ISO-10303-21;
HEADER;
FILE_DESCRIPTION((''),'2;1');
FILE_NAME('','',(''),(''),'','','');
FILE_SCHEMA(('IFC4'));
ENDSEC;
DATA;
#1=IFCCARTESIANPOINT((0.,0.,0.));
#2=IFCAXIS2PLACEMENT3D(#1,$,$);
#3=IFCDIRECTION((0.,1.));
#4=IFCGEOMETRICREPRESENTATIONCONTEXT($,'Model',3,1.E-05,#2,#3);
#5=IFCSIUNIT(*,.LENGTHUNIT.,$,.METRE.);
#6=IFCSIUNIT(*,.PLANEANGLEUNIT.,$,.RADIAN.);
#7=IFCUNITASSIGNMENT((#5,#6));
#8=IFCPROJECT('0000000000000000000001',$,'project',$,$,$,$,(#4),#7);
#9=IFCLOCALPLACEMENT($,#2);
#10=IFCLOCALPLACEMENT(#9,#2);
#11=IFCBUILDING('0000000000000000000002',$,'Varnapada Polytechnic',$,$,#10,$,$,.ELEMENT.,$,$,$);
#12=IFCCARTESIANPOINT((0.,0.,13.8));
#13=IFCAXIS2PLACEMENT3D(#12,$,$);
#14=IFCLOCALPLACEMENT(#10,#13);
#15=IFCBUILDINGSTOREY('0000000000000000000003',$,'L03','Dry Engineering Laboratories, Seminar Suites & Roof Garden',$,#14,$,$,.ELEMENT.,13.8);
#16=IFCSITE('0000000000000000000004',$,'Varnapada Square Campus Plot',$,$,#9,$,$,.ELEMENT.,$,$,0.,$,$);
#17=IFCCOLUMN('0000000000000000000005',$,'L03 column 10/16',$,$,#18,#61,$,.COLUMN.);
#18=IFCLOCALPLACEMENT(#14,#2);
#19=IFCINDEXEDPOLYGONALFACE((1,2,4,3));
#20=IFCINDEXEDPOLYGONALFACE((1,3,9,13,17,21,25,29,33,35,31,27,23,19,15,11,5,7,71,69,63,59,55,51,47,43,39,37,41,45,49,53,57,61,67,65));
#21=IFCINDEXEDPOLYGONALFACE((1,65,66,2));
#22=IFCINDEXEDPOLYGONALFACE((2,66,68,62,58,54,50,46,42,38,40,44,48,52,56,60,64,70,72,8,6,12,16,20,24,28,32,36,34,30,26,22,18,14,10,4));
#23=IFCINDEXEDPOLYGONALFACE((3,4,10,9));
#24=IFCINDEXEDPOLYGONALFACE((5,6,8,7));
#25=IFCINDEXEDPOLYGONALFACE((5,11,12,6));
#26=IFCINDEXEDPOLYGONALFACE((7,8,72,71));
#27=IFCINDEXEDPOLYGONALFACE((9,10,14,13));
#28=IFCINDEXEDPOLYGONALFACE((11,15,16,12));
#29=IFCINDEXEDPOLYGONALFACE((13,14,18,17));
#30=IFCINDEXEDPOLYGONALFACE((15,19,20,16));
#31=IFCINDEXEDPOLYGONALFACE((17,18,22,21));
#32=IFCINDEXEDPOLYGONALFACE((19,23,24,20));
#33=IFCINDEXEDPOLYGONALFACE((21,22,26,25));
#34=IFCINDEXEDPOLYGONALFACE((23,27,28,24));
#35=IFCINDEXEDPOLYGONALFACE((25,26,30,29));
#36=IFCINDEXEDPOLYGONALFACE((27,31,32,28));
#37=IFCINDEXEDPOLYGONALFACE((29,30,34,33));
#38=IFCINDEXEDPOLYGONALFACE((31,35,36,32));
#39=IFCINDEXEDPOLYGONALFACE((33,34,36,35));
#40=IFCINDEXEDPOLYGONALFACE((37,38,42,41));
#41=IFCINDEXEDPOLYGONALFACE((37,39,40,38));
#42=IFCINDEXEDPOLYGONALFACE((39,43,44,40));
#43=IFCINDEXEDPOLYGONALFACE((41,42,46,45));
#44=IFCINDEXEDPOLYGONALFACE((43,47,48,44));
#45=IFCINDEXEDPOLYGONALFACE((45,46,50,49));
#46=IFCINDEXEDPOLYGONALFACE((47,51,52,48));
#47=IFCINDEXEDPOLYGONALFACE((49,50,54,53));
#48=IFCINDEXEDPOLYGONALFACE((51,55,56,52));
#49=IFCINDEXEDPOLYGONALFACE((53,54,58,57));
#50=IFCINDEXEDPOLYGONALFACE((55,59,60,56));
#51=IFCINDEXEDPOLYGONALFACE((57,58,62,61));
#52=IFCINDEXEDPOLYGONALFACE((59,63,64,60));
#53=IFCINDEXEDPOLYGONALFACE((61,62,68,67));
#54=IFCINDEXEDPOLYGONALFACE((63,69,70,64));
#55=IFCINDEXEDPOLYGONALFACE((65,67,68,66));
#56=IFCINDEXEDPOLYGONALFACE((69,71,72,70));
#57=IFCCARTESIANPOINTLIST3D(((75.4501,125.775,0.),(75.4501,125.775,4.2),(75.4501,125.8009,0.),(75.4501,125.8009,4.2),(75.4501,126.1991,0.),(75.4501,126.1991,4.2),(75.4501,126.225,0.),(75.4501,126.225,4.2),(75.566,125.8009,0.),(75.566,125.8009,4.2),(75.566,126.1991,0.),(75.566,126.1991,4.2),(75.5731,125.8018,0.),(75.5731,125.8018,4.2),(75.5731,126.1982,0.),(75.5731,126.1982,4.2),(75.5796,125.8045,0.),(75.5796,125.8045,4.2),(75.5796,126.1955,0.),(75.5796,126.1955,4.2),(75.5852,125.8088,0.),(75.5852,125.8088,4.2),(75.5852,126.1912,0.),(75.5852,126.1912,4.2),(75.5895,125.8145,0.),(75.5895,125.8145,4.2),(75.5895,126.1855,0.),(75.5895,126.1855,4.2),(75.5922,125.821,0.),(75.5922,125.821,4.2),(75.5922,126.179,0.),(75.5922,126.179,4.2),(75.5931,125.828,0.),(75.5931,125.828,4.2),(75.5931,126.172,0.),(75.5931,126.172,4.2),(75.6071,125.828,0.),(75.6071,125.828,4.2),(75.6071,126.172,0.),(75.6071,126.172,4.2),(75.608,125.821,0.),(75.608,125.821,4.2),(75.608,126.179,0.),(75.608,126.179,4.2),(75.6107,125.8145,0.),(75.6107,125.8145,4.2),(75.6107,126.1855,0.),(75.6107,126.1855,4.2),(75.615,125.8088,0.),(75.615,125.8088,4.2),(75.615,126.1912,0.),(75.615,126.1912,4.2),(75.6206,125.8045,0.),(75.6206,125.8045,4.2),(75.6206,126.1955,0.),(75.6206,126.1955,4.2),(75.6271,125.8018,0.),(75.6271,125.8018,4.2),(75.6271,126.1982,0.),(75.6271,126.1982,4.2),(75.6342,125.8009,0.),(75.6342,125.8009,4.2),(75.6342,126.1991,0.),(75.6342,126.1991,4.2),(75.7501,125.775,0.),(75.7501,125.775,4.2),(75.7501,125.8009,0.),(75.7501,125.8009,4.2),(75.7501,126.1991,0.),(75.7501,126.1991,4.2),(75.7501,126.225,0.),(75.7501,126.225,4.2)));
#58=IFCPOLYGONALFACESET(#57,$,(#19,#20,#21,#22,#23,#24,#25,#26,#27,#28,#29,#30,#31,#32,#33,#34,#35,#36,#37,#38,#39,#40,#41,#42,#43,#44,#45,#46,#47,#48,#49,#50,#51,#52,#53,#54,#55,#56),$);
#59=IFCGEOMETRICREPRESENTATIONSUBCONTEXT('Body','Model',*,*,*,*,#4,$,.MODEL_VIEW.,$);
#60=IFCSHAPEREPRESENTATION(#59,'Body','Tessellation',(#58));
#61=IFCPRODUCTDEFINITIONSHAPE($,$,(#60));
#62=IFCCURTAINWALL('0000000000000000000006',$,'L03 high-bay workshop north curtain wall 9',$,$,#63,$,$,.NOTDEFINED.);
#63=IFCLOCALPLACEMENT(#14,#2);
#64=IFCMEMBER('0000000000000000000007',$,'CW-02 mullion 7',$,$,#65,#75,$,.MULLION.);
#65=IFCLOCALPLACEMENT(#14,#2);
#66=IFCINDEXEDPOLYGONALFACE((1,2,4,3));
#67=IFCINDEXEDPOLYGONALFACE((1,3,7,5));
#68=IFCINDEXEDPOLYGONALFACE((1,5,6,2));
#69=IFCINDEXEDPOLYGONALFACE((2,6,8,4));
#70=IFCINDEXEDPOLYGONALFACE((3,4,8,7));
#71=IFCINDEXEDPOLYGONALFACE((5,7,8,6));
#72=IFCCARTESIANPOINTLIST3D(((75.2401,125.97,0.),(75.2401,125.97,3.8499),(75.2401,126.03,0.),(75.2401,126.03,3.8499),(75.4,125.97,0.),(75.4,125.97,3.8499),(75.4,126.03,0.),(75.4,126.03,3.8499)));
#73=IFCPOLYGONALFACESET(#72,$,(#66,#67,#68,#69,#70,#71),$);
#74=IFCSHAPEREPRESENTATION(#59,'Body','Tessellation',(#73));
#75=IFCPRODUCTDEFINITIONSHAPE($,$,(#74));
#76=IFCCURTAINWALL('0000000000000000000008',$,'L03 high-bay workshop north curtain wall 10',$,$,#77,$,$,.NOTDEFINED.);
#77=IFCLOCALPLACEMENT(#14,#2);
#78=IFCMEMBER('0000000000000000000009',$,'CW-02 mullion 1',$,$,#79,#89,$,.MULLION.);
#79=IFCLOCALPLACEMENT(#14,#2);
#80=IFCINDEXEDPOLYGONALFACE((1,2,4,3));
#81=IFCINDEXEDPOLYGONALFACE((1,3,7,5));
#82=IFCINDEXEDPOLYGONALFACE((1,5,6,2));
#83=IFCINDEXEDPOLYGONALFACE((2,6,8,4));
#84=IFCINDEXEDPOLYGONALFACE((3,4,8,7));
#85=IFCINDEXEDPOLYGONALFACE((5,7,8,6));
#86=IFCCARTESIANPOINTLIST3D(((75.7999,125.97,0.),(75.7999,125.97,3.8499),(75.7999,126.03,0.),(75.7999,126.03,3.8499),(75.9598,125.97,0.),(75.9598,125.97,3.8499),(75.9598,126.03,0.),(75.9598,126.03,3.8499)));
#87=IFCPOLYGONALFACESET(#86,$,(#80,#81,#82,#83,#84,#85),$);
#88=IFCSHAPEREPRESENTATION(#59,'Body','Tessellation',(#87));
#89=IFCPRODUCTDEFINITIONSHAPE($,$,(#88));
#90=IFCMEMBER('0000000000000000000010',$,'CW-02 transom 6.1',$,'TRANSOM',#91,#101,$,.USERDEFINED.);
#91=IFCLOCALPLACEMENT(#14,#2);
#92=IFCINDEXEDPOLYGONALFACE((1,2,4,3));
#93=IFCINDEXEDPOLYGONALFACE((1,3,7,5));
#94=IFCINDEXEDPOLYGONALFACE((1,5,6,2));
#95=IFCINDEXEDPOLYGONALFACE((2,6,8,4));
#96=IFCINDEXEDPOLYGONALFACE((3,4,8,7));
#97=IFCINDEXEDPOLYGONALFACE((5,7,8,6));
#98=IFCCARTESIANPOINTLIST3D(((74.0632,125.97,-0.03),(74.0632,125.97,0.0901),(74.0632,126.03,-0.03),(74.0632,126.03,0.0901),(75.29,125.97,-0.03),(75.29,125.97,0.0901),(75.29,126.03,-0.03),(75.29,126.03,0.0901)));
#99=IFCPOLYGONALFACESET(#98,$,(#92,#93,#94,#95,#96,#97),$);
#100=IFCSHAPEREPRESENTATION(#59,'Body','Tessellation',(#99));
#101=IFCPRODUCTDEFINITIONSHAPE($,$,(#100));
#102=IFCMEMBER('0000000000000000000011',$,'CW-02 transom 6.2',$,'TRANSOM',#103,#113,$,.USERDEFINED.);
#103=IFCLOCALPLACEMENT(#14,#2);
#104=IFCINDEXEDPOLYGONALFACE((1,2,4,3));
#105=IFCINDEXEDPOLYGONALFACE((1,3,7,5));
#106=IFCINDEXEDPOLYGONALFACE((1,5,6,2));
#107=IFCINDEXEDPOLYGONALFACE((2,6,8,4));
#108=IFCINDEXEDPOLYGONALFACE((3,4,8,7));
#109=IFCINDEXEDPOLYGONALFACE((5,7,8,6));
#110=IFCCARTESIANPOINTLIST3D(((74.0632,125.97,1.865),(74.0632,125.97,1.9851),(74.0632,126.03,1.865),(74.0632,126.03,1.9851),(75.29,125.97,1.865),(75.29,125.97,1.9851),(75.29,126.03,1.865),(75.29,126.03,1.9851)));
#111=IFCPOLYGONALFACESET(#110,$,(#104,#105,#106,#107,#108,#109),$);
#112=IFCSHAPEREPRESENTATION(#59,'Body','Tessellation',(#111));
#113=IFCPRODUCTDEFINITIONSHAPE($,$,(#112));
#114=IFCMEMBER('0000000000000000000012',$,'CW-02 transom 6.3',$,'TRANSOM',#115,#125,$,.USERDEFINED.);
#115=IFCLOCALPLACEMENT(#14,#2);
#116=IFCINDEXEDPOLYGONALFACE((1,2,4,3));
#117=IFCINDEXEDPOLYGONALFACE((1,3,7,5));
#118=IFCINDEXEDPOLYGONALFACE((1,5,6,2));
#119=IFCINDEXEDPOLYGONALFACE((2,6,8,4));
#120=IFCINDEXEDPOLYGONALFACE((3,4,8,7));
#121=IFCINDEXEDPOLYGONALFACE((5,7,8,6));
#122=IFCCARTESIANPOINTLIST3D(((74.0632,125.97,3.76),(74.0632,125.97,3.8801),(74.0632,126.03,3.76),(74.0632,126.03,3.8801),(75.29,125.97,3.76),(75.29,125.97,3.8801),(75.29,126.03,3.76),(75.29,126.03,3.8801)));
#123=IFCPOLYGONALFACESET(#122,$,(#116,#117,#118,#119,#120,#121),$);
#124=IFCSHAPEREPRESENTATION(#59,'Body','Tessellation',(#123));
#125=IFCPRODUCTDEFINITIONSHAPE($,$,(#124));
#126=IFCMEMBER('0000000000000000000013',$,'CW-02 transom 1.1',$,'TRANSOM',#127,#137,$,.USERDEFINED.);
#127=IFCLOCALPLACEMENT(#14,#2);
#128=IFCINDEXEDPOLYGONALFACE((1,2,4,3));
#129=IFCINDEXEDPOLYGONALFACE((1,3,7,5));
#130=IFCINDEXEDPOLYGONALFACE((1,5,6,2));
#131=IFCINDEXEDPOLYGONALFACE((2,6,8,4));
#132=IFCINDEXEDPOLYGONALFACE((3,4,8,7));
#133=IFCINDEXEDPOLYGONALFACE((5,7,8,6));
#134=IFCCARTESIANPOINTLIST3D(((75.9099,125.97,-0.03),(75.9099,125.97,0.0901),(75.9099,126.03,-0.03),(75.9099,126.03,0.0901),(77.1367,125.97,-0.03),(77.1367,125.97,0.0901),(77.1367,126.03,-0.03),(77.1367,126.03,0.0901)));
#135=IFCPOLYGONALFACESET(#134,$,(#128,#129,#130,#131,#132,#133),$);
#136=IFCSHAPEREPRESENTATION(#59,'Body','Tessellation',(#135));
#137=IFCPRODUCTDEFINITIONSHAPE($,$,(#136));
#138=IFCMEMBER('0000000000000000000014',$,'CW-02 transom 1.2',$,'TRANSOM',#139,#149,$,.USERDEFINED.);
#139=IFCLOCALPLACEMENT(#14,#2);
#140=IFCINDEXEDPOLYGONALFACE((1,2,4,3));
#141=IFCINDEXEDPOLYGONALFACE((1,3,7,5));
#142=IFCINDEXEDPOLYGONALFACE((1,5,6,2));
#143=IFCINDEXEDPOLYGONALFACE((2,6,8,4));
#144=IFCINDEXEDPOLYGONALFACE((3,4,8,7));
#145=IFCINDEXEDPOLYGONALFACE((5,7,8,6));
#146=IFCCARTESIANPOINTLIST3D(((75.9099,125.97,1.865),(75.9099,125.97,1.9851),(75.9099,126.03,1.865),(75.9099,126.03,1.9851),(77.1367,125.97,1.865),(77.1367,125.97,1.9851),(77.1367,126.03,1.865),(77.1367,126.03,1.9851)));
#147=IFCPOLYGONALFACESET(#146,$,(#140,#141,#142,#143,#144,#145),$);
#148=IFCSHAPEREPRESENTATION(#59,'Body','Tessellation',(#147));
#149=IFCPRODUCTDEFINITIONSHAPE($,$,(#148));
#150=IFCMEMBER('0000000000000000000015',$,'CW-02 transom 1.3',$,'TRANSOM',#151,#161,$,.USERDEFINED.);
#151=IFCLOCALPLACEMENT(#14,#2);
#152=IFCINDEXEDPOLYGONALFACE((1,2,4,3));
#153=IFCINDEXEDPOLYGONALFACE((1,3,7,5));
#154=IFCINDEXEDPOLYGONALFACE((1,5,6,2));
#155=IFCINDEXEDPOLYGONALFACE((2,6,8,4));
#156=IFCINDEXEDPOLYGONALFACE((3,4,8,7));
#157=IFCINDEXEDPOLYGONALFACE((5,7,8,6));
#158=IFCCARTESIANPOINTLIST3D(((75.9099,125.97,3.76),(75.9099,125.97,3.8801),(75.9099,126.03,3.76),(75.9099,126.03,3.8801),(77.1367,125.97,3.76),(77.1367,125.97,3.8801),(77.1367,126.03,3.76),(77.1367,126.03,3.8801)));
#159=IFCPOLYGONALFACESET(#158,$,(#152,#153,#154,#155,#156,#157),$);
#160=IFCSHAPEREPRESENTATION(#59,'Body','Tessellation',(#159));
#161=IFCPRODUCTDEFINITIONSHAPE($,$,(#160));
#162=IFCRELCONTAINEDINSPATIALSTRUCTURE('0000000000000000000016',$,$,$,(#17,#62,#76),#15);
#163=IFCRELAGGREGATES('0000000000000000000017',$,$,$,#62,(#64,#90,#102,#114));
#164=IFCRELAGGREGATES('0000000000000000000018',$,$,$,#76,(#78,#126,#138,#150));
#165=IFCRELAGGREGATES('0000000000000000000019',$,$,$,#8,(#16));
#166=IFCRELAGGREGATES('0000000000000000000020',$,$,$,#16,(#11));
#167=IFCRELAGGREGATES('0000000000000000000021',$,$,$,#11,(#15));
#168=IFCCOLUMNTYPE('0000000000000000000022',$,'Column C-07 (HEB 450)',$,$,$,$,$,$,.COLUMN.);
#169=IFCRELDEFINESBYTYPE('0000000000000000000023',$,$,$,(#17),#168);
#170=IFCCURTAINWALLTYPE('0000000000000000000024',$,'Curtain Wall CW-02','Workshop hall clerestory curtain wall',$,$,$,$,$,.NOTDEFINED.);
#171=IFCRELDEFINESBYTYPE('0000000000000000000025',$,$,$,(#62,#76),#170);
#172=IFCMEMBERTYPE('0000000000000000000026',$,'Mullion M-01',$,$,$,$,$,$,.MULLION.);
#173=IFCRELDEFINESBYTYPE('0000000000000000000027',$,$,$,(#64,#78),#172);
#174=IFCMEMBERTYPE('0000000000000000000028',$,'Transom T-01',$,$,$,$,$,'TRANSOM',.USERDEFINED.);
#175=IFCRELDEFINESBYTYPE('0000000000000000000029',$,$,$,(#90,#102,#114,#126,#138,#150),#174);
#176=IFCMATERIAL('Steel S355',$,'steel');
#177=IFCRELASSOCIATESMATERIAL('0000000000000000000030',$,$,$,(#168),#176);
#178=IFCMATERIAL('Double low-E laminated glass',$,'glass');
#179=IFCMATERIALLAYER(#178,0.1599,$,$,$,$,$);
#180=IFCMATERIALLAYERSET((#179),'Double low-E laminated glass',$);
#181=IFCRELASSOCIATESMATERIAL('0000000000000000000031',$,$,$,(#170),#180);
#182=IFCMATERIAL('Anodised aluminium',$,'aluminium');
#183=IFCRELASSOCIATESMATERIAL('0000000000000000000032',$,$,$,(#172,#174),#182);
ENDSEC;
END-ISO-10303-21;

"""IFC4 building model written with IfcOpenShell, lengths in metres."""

from ifc_helpers import new_model, si_unit, direction, frame, origin, origin_2d, place, context, subcontext, project, spatial, rectangle, i_section, extrude, material, layer, layer_set, material_profile, profile_set, type_object, element, aggregate, save


model = new_model("IFC4")

# Units and contexts
model_context = context("Model", 3, precision=1e-05, world=origin(), true_north=direction((0.0, 1.0)))
body_context = subcontext(model_context, "Body", "Model", "MODEL_VIEW")
ifc_project = project(units=[si_unit("LENGTHUNIT", "METRE"), si_unit("PLANEANGLEUNIT", "RADIAN")], contexts=[model_context])

# Site, building, storey
site_placement = place(None, origin())
site = spatial("IfcSite", under=ifc_project, at=site_placement, Name="Varnapada Square Campus Plot", CompositionType="ELEMENT", RefElevation=0.0)
building_placement = place(site_placement, origin())
building = spatial("IfcBuilding", under=site, at=building_placement, Name="Varnapada Polytechnic", CompositionType="ELEMENT")
storey_placement = place(building_placement, frame((0.0, 0.0, 13.8)))
storey = spatial("IfcBuildingStorey", under=building, at=storey_placement, Name="L03", Description="Dry Engineering Laboratories, Seminar Suites & Roof Garden", CompositionType="ELEMENT", Elevation=13.8)

# Column
ifc_material_1 = material(Name="Steel S355", Category="steel")
ifc_material_profile_1 = material_profile(ifc_material_1, i_section(OverallWidth=0.3, OverallDepth=0.45, WebThickness=0.0139, FlangeThickness=0.0259, FilletRadius=0.0271, at=origin_2d()), Name="HEB 450")
ifc_profile_set_1 = profile_set([ifc_material_profile_1], Name="Steel S355")
column_type = type_object("IfcColumnType", Name="Column C-07 (HEB 450)", PredefinedType="COLUMN", material=ifc_profile_set_1)
column_placement = place(storey_placement, frame((75.6001, 126.0, 0.0), z_axis=(0.0, 0.0, 1.0), x_axis=(1.0, 0.0, 0.0)))
element("IfcColumn", 1, at=column_placement, inside=storey, type_object=column_type, Name="L03 column 10/16", PredefinedType="COLUMN", context=body_context, shape_type="SweptSolid", body=[
    extrude(i_section(OverallWidth=0.3, OverallDepth=0.45, WebThickness=0.0139, FlangeThickness=0.0259, FilletRadius=0.0271, at=origin_2d()), origin(), (0.0, 0.0, 1.0), 4.2),
])

# Curtain walls, members
ifc_material_2 = material(Name="Double low-E laminated glass", Category="glass")
ifc_layer_1 = layer(ifc_material_2, 0.1599)
ifc_layer_set_1 = layer_set([ifc_layer_1], Name="Double low-E laminated glass")
curtain_wall_type = type_object("IfcCurtainWallType", Name="Curtain Wall CW-02", Description="Workshop hall clerestory curtain wall", PredefinedType="NOTDEFINED", material=ifc_layer_set_1)
curtain_wall_1_placement = place(storey_placement, origin())
curtain_wall_1 = element("IfcCurtainWall", 2, at=curtain_wall_1_placement, inside=storey, type_object=curtain_wall_type, Name="L03 high-bay workshop north curtain wall 9", PredefinedType="NOTDEFINED")
ifc_material_3 = material(Name="Anodised aluminium", Category="aluminium")
ifc_material_profile_2 = material_profile(ifc_material_3, rectangle(XDim=0.0601, YDim=0.1599, at=origin_2d()), Name="ALU M60x160")
ifc_profile_set_2 = profile_set([ifc_material_profile_2], Name="Anodised aluminium")
member_type_1 = type_object("IfcMemberType", Name="Mullion M-01", PredefinedType="MULLION", material=ifc_profile_set_2)
member_1_placement = place(storey_placement, frame((75.3201, 126.0, 0.0), z_axis=(0.0, 0.0, 1.0), x_axis=(0.0, 1.0, 0.0)))
member_1 = element("IfcMember", 3, at=member_1_placement, type_object=member_type_1, Name="CW-02 mullion 7", PredefinedType="MULLION", context=body_context, shape_type="SweptSolid", body=[
    extrude(rectangle(XDim=0.0601, YDim=0.1599, at=origin_2d()), origin(), (0.0, 0.0, 1.0), 3.8499),
])
curtain_wall_2_placement = place(storey_placement, origin())
curtain_wall_2 = element("IfcCurtainWall", 4, at=curtain_wall_2_placement, inside=storey, type_object=curtain_wall_type, Name="L03 high-bay workshop north curtain wall 10", PredefinedType="NOTDEFINED")
member_2_placement = place(storey_placement, frame((75.8799, 126.0, 0.0), z_axis=(0.0, 0.0, 1.0), x_axis=(0.0, 1.0, 0.0)))
member_2 = element("IfcMember", 5, at=member_2_placement, type_object=member_type_1, Name="CW-02 mullion 1", PredefinedType="MULLION", context=body_context, shape_type="SweptSolid", body=[
    extrude(rectangle(XDim=0.0601, YDim=0.1599, at=origin_2d()), origin(), (0.0, 0.0, 1.0), 3.8499),
])

# Members
ifc_material_profile_3 = material_profile(ifc_material_3, rectangle(XDim=0.0601, YDim=0.1201, at=origin_2d()), Name="ALU T60x120")
ifc_profile_set_3 = profile_set([ifc_material_profile_3], Name="Anodised aluminium")
member_type_2 = type_object("IfcMemberType", Name="Transom T-01", ElementType="TRANSOM", PredefinedType="USERDEFINED", material=ifc_profile_set_3)
member_3_placement = place(storey_placement, frame((74.0632, 126.0, 0.03), z_axis=(1.0, 0.0, 0.0), x_axis=(0.0, 1.0, 0.0)))
member_3 = element("IfcMember", 6, at=member_3_placement, type_object=member_type_2, Name="CW-02 transom 6.1", ObjectType="TRANSOM", PredefinedType="USERDEFINED", context=body_context, shape_type="SweptSolid", body=[
    extrude(rectangle(XDim=0.0601, YDim=0.1201, at=origin_2d()), origin(), (0.0, 0.0, 1.0), 1.2268),
])
member_4_placement = place(storey_placement, frame((74.0632, 126.0, 1.925), z_axis=(1.0, 0.0, 0.0), x_axis=(0.0, 1.0, 0.0)))
member_4 = element("IfcMember", 7, at=member_4_placement, type_object=member_type_2, Name="CW-02 transom 6.2", ObjectType="TRANSOM", PredefinedType="USERDEFINED", context=body_context, shape_type="SweptSolid", body=[
    extrude(rectangle(XDim=0.0601, YDim=0.1201, at=origin_2d()), origin(), (0.0, 0.0, 1.0), 1.2268),
])
member_5_placement = place(storey_placement, frame((74.0632, 126.0, 3.8201), z_axis=(1.0, 0.0, 0.0), x_axis=(0.0, 1.0, 0.0)))
member_5 = element("IfcMember", 8, at=member_5_placement, type_object=member_type_2, Name="CW-02 transom 6.3", ObjectType="TRANSOM", PredefinedType="USERDEFINED", context=body_context, shape_type="SweptSolid", body=[
    extrude(rectangle(XDim=0.0601, YDim=0.1201, at=origin_2d()), origin(), (0.0, 0.0, 1.0), 1.2268),
])
member_6_placement = place(storey_placement, frame((75.9099, 126.0, 0.03), z_axis=(1.0, 0.0, 0.0), x_axis=(0.0, 1.0, 0.0)))
member_6 = element("IfcMember", 9, at=member_6_placement, type_object=member_type_2, Name="CW-02 transom 1.1", ObjectType="TRANSOM", PredefinedType="USERDEFINED", context=body_context, shape_type="SweptSolid", body=[
    extrude(rectangle(XDim=0.0601, YDim=0.1201, at=origin_2d()), origin(), (0.0, 0.0, 1.0), 1.2268),
])
member_7_placement = place(storey_placement, frame((75.9099, 126.0, 1.925), z_axis=(1.0, 0.0, 0.0), x_axis=(0.0, 1.0, 0.0)))
member_7 = element("IfcMember", 10, at=member_7_placement, type_object=member_type_2, Name="CW-02 transom 1.2", ObjectType="TRANSOM", PredefinedType="USERDEFINED", context=body_context, shape_type="SweptSolid", body=[
    extrude(rectangle(XDim=0.0601, YDim=0.1201, at=origin_2d()), origin(), (0.0, 0.0, 1.0), 1.2268),
])
member_8_placement = place(storey_placement, frame((75.9099, 126.0, 3.8201), z_axis=(1.0, 0.0, 0.0), x_axis=(0.0, 1.0, 0.0)))
member_8 = element("IfcMember", 11, at=member_8_placement, type_object=member_type_2, Name="CW-02 transom 1.3", ObjectType="TRANSOM", PredefinedType="USERDEFINED", context=body_context, shape_type="SweptSolid", body=[
    extrude(rectangle(XDim=0.0601, YDim=0.1201, at=origin_2d()), origin(), (0.0, 0.0, 1.0), 1.2268),
])

aggregate(curtain_wall_1, [member_1, member_3, member_4, member_5])
aggregate(curtain_wall_2, [member_2, member_6, member_7, member_8])

save(model, "model.ifc")
